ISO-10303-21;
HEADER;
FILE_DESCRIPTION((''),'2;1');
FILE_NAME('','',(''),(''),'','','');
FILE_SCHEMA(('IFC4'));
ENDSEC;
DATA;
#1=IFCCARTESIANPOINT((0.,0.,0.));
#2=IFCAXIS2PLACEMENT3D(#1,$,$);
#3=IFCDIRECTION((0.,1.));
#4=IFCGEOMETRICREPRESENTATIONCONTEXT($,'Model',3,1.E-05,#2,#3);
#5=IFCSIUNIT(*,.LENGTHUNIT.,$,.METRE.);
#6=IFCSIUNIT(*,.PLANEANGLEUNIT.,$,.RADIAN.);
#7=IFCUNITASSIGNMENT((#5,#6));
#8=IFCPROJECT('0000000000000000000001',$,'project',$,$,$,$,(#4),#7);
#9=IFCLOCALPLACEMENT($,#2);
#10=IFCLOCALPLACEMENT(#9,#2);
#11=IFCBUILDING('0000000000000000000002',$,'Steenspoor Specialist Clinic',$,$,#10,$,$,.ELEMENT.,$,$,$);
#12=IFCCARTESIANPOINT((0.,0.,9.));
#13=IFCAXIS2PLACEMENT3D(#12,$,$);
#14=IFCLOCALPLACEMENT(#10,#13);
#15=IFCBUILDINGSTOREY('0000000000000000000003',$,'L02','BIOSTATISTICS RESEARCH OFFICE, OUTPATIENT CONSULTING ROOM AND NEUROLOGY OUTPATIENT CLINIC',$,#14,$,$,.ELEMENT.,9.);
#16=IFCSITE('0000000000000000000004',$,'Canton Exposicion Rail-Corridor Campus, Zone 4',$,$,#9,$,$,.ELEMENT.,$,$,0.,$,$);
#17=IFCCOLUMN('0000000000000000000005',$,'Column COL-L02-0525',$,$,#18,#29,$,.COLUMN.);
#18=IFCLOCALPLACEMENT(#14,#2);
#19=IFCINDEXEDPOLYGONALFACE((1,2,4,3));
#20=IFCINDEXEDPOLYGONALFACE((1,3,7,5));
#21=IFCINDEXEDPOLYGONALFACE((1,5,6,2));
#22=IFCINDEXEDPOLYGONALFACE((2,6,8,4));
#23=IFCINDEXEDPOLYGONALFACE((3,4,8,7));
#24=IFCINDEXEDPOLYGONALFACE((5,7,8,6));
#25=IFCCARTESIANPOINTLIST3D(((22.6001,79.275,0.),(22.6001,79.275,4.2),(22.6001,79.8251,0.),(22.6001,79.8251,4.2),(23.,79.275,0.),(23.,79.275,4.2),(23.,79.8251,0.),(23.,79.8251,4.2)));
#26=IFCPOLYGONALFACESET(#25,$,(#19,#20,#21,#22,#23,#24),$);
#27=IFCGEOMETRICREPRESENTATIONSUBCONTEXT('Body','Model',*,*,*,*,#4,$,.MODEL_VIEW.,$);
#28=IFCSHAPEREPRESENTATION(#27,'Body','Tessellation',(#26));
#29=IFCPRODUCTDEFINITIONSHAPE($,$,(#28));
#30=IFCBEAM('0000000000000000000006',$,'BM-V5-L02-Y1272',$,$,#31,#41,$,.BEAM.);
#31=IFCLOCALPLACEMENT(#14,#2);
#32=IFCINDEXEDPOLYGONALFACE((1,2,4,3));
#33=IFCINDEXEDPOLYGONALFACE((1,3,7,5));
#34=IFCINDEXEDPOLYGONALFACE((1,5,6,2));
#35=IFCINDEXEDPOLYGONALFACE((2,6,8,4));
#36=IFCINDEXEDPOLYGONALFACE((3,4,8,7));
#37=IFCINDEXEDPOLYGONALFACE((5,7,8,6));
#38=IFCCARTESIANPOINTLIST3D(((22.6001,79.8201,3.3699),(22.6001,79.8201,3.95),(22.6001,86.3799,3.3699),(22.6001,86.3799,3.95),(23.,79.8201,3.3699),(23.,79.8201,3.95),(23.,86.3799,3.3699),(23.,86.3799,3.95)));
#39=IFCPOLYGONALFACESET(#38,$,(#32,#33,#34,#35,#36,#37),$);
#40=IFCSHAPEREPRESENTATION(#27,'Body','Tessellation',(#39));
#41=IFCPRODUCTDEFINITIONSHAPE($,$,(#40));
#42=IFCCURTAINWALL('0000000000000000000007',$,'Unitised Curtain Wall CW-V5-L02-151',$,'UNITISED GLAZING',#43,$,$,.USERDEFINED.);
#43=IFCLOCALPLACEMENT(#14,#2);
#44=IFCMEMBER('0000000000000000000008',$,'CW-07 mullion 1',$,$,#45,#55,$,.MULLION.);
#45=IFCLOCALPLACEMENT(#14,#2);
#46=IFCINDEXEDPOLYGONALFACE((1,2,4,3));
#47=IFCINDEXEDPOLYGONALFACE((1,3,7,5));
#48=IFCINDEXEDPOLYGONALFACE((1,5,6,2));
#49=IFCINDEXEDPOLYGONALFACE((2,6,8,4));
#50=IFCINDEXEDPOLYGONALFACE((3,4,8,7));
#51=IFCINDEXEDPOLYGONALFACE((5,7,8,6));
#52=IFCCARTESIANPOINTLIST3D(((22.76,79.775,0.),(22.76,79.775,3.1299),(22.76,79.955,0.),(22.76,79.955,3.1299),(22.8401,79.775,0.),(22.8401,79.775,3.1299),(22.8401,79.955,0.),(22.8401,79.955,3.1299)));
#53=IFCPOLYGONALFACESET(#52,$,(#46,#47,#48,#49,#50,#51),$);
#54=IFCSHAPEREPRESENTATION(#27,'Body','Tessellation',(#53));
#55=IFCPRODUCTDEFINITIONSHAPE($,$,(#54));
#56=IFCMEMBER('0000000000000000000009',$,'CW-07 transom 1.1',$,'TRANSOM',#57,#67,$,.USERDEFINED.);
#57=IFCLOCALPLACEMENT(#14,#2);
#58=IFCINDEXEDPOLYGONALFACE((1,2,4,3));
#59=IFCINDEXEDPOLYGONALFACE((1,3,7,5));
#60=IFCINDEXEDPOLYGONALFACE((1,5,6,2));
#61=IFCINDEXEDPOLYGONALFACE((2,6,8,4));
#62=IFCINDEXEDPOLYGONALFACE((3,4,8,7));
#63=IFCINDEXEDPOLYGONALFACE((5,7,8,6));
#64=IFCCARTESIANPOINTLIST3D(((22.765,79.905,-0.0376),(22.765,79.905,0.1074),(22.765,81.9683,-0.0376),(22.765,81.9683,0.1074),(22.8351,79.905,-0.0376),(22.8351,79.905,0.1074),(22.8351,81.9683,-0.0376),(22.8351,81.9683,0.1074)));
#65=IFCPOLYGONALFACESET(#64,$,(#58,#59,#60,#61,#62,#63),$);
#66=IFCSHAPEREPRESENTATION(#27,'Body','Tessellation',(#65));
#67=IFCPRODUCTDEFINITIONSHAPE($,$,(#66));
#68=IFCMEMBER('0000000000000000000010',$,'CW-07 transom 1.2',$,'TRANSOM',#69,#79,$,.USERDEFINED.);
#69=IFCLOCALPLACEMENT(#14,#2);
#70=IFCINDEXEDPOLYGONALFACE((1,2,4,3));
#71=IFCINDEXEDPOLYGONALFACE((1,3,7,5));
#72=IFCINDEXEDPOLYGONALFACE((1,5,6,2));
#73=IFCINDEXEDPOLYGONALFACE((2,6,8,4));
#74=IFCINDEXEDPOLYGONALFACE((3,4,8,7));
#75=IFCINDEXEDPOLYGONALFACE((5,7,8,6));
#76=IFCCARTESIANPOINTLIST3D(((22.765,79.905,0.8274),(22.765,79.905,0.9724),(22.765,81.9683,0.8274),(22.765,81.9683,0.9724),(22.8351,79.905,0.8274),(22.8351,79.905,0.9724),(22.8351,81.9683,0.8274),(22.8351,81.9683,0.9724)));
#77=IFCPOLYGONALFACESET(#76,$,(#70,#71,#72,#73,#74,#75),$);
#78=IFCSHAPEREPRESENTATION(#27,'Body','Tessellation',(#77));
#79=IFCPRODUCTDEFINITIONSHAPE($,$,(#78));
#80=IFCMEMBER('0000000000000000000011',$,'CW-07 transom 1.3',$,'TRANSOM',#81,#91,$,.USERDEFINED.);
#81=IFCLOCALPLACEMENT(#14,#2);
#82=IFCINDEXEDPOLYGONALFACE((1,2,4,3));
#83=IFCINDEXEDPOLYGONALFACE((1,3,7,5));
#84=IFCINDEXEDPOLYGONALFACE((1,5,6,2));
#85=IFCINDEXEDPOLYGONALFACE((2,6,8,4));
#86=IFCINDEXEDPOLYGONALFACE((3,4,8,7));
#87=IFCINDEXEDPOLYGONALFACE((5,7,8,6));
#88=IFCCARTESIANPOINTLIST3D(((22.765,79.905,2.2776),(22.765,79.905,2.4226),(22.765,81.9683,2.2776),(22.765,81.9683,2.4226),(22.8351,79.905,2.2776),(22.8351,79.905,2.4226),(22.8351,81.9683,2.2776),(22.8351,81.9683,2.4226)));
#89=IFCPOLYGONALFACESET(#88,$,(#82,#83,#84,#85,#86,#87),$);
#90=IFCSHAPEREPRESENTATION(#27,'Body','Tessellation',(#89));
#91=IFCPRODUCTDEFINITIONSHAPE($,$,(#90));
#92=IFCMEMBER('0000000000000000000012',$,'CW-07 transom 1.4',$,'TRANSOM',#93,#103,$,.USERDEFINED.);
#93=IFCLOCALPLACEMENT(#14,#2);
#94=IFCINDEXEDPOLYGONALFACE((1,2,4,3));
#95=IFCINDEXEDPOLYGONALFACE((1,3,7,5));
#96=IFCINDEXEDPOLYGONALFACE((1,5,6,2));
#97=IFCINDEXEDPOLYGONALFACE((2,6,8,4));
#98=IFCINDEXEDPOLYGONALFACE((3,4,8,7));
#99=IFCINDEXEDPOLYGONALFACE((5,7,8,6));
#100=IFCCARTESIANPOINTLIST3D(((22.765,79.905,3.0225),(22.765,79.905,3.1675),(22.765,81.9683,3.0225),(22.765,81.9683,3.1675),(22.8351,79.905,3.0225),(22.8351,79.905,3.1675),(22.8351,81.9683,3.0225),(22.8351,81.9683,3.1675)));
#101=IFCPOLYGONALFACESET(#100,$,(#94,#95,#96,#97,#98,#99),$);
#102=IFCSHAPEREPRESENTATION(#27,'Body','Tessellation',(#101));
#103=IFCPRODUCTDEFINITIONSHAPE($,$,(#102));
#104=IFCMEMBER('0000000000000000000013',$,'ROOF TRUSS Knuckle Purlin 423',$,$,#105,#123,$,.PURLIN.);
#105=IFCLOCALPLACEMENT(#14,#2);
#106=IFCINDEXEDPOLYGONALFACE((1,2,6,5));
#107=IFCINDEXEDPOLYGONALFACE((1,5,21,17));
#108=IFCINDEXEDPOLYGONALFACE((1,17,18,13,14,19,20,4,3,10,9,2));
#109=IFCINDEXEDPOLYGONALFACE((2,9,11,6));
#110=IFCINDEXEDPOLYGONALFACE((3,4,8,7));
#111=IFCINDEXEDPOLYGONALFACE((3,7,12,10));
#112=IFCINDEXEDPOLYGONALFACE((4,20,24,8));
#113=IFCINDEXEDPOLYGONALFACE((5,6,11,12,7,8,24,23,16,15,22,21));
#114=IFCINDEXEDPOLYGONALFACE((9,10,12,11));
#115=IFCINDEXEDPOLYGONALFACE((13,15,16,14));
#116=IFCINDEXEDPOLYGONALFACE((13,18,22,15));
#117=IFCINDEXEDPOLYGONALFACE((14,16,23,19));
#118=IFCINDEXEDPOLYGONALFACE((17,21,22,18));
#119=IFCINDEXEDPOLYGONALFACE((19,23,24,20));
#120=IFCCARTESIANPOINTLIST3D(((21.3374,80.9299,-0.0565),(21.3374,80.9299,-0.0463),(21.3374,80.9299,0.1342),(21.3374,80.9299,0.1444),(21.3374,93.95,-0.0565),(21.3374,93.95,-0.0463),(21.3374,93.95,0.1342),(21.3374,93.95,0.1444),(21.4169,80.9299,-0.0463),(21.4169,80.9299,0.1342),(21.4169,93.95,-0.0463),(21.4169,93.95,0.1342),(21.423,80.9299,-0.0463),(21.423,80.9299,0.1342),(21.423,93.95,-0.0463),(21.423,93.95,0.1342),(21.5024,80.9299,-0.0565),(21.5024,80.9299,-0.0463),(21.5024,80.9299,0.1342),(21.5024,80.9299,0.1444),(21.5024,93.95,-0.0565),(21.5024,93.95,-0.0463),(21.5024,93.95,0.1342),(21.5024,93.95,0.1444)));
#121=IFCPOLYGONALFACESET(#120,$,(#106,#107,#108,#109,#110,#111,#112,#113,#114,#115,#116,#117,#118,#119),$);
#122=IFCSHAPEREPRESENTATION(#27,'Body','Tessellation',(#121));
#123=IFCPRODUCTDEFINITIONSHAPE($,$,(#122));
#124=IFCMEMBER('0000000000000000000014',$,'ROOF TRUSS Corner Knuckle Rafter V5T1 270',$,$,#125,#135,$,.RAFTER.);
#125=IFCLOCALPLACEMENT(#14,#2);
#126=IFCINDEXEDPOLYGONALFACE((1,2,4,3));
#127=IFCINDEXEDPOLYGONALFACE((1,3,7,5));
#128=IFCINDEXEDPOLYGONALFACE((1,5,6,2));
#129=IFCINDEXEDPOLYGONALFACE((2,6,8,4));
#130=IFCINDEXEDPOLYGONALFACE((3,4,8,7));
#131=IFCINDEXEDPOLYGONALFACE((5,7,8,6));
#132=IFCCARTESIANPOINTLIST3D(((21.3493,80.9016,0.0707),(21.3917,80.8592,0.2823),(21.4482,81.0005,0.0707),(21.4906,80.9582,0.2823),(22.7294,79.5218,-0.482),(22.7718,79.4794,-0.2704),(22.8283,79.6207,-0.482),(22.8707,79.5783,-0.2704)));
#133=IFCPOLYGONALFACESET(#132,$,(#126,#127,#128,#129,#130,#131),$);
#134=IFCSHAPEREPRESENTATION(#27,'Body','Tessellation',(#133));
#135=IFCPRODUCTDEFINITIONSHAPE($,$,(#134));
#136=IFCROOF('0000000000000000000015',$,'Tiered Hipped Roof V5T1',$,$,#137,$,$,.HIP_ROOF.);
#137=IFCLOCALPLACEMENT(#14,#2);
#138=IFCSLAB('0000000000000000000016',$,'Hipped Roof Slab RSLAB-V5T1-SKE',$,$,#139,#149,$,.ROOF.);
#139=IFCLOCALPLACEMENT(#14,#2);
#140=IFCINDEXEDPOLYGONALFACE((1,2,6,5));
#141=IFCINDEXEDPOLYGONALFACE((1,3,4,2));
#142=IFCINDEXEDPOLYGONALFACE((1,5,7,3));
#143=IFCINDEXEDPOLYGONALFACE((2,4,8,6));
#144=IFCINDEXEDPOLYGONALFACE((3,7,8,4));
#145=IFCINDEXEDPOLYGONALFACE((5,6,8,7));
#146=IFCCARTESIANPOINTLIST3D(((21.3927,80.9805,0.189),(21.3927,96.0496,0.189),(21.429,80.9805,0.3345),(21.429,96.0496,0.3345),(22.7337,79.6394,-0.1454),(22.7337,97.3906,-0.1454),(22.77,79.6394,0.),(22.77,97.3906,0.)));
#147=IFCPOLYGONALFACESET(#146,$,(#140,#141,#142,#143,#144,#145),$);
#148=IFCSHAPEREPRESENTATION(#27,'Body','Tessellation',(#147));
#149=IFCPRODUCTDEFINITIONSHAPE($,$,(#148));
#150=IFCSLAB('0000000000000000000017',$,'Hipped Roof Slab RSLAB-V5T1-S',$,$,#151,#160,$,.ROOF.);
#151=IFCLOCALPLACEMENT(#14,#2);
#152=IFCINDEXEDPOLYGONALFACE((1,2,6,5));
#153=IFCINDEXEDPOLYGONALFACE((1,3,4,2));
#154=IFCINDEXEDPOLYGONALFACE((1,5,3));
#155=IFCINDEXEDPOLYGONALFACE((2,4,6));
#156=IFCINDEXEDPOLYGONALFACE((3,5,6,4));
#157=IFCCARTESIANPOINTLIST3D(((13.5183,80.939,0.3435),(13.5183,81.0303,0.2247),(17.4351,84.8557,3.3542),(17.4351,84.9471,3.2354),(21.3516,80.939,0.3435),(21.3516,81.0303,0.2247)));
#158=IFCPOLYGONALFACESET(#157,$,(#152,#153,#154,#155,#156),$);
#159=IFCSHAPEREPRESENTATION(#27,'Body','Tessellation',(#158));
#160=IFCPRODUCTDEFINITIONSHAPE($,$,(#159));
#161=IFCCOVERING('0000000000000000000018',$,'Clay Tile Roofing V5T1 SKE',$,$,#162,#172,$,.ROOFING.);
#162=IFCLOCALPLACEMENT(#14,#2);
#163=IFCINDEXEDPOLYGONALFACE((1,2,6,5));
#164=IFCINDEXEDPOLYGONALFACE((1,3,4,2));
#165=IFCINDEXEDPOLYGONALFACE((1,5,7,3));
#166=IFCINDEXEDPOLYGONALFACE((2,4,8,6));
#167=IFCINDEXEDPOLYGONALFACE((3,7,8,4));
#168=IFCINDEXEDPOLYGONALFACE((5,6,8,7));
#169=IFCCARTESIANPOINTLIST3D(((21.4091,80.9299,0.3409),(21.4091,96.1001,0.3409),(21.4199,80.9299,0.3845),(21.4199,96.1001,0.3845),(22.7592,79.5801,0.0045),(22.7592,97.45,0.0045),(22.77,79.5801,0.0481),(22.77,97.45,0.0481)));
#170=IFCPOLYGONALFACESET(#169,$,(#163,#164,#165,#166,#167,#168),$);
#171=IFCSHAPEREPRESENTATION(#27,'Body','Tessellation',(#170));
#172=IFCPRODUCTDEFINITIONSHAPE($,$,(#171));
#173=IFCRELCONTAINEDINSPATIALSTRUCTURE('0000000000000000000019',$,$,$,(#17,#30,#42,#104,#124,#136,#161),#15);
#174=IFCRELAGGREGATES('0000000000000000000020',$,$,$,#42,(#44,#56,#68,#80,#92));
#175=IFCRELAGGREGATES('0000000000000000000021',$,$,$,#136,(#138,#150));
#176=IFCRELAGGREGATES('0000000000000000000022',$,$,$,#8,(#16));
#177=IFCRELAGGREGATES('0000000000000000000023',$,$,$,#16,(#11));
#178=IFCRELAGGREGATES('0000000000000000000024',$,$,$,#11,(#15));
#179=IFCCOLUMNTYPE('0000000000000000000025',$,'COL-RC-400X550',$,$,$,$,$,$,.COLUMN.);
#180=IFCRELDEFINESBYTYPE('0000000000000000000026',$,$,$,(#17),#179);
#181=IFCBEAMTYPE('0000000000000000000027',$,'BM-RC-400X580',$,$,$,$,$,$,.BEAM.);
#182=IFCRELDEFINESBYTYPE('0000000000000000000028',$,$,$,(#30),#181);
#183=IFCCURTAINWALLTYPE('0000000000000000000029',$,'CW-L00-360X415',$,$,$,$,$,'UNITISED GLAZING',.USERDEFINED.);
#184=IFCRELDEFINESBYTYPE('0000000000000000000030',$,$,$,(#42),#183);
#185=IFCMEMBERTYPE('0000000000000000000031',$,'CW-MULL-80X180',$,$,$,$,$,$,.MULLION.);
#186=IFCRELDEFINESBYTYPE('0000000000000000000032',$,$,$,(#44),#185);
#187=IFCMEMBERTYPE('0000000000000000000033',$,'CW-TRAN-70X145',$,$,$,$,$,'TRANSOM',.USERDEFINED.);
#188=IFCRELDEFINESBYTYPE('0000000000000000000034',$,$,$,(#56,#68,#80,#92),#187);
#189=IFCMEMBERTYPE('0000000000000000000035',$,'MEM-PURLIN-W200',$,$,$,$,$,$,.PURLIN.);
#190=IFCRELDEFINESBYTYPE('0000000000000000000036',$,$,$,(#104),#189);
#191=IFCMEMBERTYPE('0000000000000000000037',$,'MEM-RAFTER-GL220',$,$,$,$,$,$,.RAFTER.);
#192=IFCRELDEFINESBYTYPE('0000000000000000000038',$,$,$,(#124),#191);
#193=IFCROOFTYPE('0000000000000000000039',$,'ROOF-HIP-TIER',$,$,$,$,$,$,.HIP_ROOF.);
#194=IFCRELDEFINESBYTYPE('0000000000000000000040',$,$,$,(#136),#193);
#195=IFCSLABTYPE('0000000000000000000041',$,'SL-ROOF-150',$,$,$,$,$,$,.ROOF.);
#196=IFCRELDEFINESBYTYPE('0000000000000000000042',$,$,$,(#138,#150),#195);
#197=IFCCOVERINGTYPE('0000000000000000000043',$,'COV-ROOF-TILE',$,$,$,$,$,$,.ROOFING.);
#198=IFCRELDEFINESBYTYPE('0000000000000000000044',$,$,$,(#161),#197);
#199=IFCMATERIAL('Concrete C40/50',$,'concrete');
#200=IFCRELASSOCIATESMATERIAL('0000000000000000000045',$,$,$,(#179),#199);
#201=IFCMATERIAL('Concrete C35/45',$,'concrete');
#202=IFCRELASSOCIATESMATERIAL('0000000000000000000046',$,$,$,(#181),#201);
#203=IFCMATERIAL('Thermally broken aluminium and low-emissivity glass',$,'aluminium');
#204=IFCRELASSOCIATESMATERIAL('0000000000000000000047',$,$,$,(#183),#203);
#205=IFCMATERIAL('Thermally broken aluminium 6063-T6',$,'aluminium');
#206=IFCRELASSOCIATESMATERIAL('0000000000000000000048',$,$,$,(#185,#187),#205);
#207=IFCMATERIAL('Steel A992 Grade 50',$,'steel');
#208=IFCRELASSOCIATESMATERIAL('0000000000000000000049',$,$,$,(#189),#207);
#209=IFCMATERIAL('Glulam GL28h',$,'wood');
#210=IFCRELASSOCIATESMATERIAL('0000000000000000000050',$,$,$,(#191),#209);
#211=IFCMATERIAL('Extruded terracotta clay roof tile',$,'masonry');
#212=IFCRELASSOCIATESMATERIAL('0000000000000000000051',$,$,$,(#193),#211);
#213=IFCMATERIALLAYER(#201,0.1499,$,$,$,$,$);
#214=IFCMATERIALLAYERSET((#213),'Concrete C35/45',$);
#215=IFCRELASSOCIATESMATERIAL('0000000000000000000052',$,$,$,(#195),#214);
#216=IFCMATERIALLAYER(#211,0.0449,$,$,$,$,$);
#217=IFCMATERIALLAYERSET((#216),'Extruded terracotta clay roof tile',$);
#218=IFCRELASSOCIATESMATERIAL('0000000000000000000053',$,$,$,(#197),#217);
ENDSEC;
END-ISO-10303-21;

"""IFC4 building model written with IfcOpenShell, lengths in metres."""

from ifc_helpers import new_model, si_unit, direction, frame, origin, origin_2d, place, context, subcontext, project, spatial, polyline, rectangle, i_section, outline, extrude, material, layer, layer_set, material_profile, profile_set, type_object, element, aggregate, save


model = new_model("IFC4")

# Units and contexts
model_context = context("Model", 3, precision=1e-05, world=origin(), true_north=direction((0.0, 1.0)))
body_context = subcontext(model_context, "Body", "Model", "MODEL_VIEW")
ifc_project = project(units=[si_unit("LENGTHUNIT", "METRE"), si_unit("PLANEANGLEUNIT", "RADIAN")], contexts=[model_context])

# Site, building, storey
site_placement = place(None, origin())
site = spatial("IfcSite", under=ifc_project, at=site_placement, Name="Canton Exposicion Rail-Corridor Campus, Zone 4", CompositionType="ELEMENT", RefElevation=0.0)
building_placement = place(site_placement, origin())
building = spatial("IfcBuilding", under=site, at=building_placement, Name="Steenspoor Specialist Clinic", CompositionType="ELEMENT")
storey_placement = place(building_placement, frame((0.0, 0.0, 9.0)))
storey = spatial("IfcBuildingStorey", under=building, at=storey_placement, Name="L02", Description="BIOSTATISTICS RESEARCH OFFICE, OUTPATIENT CONSULTING ROOM AND NEUROLOGY OUTPATIENT CLINIC", CompositionType="ELEMENT", Elevation=9.0)

# Column
ifc_material_1 = material(Name="Concrete C40/50", Category="concrete")
ifc_material_profile_1 = material_profile(ifc_material_1, rectangle(XDim=0.3999, YDim=0.55, at=origin_2d()), Name="RC-COL-400X550")
ifc_profile_set_1 = profile_set([ifc_material_profile_1], Name="Concrete C40/50")
column_type = type_object("IfcColumnType", Name="COL-RC-400X550", PredefinedType="COLUMN", material=ifc_profile_set_1)
column_placement = place(storey_placement, frame((22.8, 79.55, 0.0), z_axis=(0.0, 0.0, 1.0), x_axis=(1.0, 0.0, 0.0)))
element("IfcColumn", 1, at=column_placement, inside=storey, type_object=column_type, Name="Column COL-L02-0525", PredefinedType="COLUMN", context=body_context, shape_type="SweptSolid", body=[
    extrude(rectangle(XDim=0.3999, YDim=0.55, at=origin_2d()), origin(), (0.0, 0.0, 1.0), 4.2),
])

# Beam
ifc_material_2 = material(Name="Concrete C35/45", Category="concrete")
ifc_material_profile_2 = material_profile(ifc_material_2, rectangle(XDim=0.3999, YDim=0.5801, at=origin_2d()), Name="RC-BM-400X580")
ifc_profile_set_2 = profile_set([ifc_material_profile_2], Name="Concrete C35/45")
beam_type = type_object("IfcBeamType", Name="BM-RC-400X580", PredefinedType="BEAM", material=ifc_profile_set_2)
beam_placement = place(storey_placement, frame((22.8, 79.8201, 3.6599), z_axis=(0.0, 1.0, 0.0), x_axis=(-1.0, 0.0, 0.0)))
element("IfcBeam", 2, at=beam_placement, inside=storey, type_object=beam_type, Name="BM-V5-L02-Y1272", PredefinedType="BEAM", context=body_context, shape_type="SweptSolid", body=[
    extrude(rectangle(XDim=0.3999, YDim=0.5801, at=origin_2d()), origin(), (0.0, 0.0, 1.0), 6.5598),
])

# Curtain wall, members
ifc_material_3 = material(Name="Thermally broken aluminium and low-emissivity glass", Category="aluminium")
curtain_wall_type = type_object("IfcCurtainWallType", Name="CW-L00-360X415", ElementType="UNITISED GLAZING", PredefinedType="USERDEFINED", material=ifc_material_3)
curtain_wall_placement = place(storey_placement, origin())
curtain_wall = element("IfcCurtainWall", 3, at=curtain_wall_placement, inside=storey, type_object=curtain_wall_type, Name="Unitised Curtain Wall CW-V5-L02-151", ObjectType="UNITISED GLAZING", PredefinedType="USERDEFINED")
ifc_material_4 = material(Name="Thermally broken aluminium 6063-T6", Category="aluminium")
ifc_material_profile_3 = material_profile(ifc_material_4, rectangle(XDim=0.0801, YDim=0.1799, at=origin_2d()), Name="CWM-80X180")
ifc_profile_set_3 = profile_set([ifc_material_profile_3], Name="Thermally broken aluminium 6063-T6")
member_type_1 = type_object("IfcMemberType", Name="CW-MULL-80X180", PredefinedType="MULLION", material=ifc_profile_set_3)
member_1_placement = place(storey_placement, frame((22.8, 79.865, 0.0), z_axis=(0.0, 0.0, 1.0), x_axis=(-1.0, 0.0, 0.0)))
member_1 = element("IfcMember", 4, at=member_1_placement, type_object=member_type_1, Name="CW-07 mullion 1", PredefinedType="MULLION", context=body_context, shape_type="SweptSolid", body=[
    extrude(rectangle(XDim=0.0801, YDim=0.1799, at=origin_2d()), origin(), (0.0, 0.0, 1.0), 3.1299),
])
ifc_material_profile_4 = material_profile(ifc_material_4, rectangle(XDim=0.0701, YDim=0.145, at=origin_2d()), Name="CWT-70X145")
ifc_profile_set_4 = profile_set([ifc_material_profile_4], Name="Thermally broken aluminium 6063-T6")
member_type_2 = type_object("IfcMemberType", Name="CW-TRAN-70X145", ElementType="TRANSOM", PredefinedType="USERDEFINED", material=ifc_profile_set_4)
member_2_placement = place(storey_placement, frame((22.8, 79.905, 0.0349), z_axis=(0.0, 1.0, 0.0), x_axis=(-1.0, 0.0, 0.0)))
member_2 = element("IfcMember", 5, at=member_2_placement, type_object=member_type_2, Name="CW-07 transom 1.1", ObjectType="TRANSOM", PredefinedType="USERDEFINED", context=body_context, shape_type="SweptSolid", body=[
    extrude(rectangle(XDim=0.0701, YDim=0.145, at=origin_2d()), origin(), (0.0, 0.0, 1.0), 2.0632),
])
member_3_placement = place(storey_placement, frame((22.8, 79.905, 0.8999), z_axis=(0.0, 1.0, 0.0), x_axis=(-1.0, 0.0, 0.0)))
member_3 = element("IfcMember", 6, at=member_3_placement, type_object=member_type_2, Name="CW-07 transom 1.2", ObjectType="TRANSOM", PredefinedType="USERDEFINED", context=body_context, shape_type="SweptSolid", body=[
    extrude(rectangle(XDim=0.0701, YDim=0.145, at=origin_2d()), origin(), (0.0, 0.0, 1.0), 2.0632),
])
member_4_placement = place(storey_placement, frame((22.8, 79.905, 2.3501), z_axis=(0.0, 1.0, 0.0), x_axis=(-1.0, 0.0, 0.0)))
member_4 = element("IfcMember", 7, at=member_4_placement, type_object=member_type_2, Name="CW-07 transom 1.3", ObjectType="TRANSOM", PredefinedType="USERDEFINED", context=body_context, shape_type="SweptSolid", body=[
    extrude(rectangle(XDim=0.0701, YDim=0.145, at=origin_2d()), origin(), (0.0, 0.0, 1.0), 2.0632),
])
member_5_placement = place(storey_placement, frame((22.8, 79.905, 3.095), z_axis=(0.0, 1.0, 0.0), x_axis=(-1.0, 0.0, 0.0)))
member_5 = element("IfcMember", 8, at=member_5_placement, type_object=member_type_2, Name="CW-07 transom 1.4", ObjectType="TRANSOM", PredefinedType="USERDEFINED", context=body_context, shape_type="SweptSolid", body=[
    extrude(rectangle(XDim=0.0701, YDim=0.145, at=origin_2d()), origin(), (0.0, 0.0, 1.0), 2.0632),
])
aggregate(curtain_wall, [member_1, member_2, member_3, member_4, member_5])

# Members
ifc_material_5 = material(Name="Steel A992 Grade 50", Category="steel")
ifc_material_profile_5 = material_profile(ifc_material_5, i_section(OverallWidth=0.165, OverallDepth=0.2009, WebThickness=0.0061, FlangeThickness=0.0103, at=origin_2d()), Name="W200X36")
ifc_profile_set_5 = profile_set([ifc_material_profile_5], Name="Steel A992 Grade 50")
member_type_3 = type_object("IfcMemberType", Name="MEM-PURLIN-W200", PredefinedType="PURLIN", material=ifc_profile_set_5)
member_6_placement = place(storey_placement, frame((21.4199, 80.9299, 0.0439), z_axis=(0.0, 1.0, 0.0), x_axis=(-1.0, 0.0, 0.0)))
element("IfcMember", 9, at=member_6_placement, inside=storey, type_object=member_type_3, Name="ROOF TRUSS Knuckle Purlin 423", PredefinedType="PURLIN", context=body_context, shape_type="SweptSolid", body=[
    extrude(i_section(OverallWidth=0.165, OverallDepth=0.2009, WebThickness=0.0061, FlangeThickness=0.0103, at=origin_2d()), origin(), (0.0, 0.0, 1.0), 13.02),
])
ifc_material_6 = material(Name="Glulam GL28h", Category="wood")
ifc_material_profile_6 = material_profile(ifc_material_6, rectangle(XDim=0.1399, YDim=0.22, at=origin_2d()), Name="GL28H-140X220")
ifc_profile_set_6 = profile_set([ifc_material_profile_6], Name="Glulam GL28h")
member_type_4 = type_object("IfcMemberType", Name="MEM-RAFTER-GL220", PredefinedType="RAFTER", material=ifc_profile_set_6)
member_7_placement = place(storey_placement, frame((22.8, 79.55, -0.3762), z_axis=(-0.680407, 0.680287, 0.2725), x_axis=(-0.707044, -0.707169, 0.0)))
element("IfcMember", 10, at=member_7_placement, inside=storey, type_object=member_type_4, Name="ROOF TRUSS Corner Knuckle Rafter V5T1 270", PredefinedType="RAFTER", context=body_context, shape_type="SweptSolid", body=[
    extrude(rectangle(XDim=0.1399, YDim=0.22, at=origin_2d()), origin(), (0.0, 0.0, 1.0), 2.0283),
])

# Roof, slabs
ifc_material_7 = material(Name="Extruded terracotta clay roof tile", Category="masonry")
roof_type = type_object("IfcRoofType", Name="ROOF-HIP-TIER", PredefinedType="HIP_ROOF", material=ifc_material_7)
roof_placement = place(storey_placement, origin())
roof = element("IfcRoof", 11, at=roof_placement, inside=storey, type_object=roof_type, Name="Tiered Hipped Roof V5T1", PredefinedType="HIP_ROOF")
ifc_layer_1 = layer(ifc_material_2, 0.1499)
ifc_layer_set_1 = layer_set([ifc_layer_1], Name="Concrete C35/45")
slab_type = type_object("IfcSlabType", Name="SL-ROOF-150", PredefinedType="ROOF", material=ifc_layer_set_1)
slab_1_placement = place(storey_placement, frame((21.429, 80.9805, 0.3345), z_axis=(0.241995, 0.0, 0.970277), x_axis=(0.696361, -0.696361, -0.173678)))
slab_1 = element("IfcSlab", 12, at=slab_1_placement, type_object=slab_type, Name="Hipped Roof Slab RSLAB-V5T1-SKE", PredefinedType="ROOF", context=body_context, shape_type="SweptSolid", body=[
    extrude(outline(polyline([(0.0, 0.0), (1.9258, 0.0), (-10.4354, 12.7399), (-10.4935, 10.815), (0.0, 0.0)])), origin(), (0.0, 0.0, -1.0), 0.1499),
])
slab_2_placement = place(storey_placement, frame((17.4351, 84.8557, 3.3542), z_axis=(0.0, -0.609438, 0.792833), x_axis=(-0.621265, -0.621265, -0.477556)))
slab_2 = element("IfcSlab", 13, at=slab_2_placement, type_object=slab_type, Name="Hipped Roof Slab RSLAB-V5T1-S", PredefinedType="ROOF", context=body_context, shape_type="SweptSolid", body=[
    extrude(outline(polyline([(0.0, 0.0), (6.3045, 0.0), (1.438, 6.1381), (0.0, 0.0)])), origin(), (0.0, 0.0, -1.0), 0.1499),
])
aggregate(roof, [slab_1, slab_2])

# Covering
ifc_layer_2 = layer(ifc_material_7, 0.0449)
ifc_layer_set_2 = layer_set([ifc_layer_2], Name="Extruded terracotta clay roof tile")
covering_type = type_object("IfcCoveringType", Name="COV-ROOF-TILE", PredefinedType="ROOFING", material=ifc_layer_set_2)
covering_1_placement = place(storey_placement, frame((22.77, 79.5801, 0.0481), z_axis=(0.241792, 0.0, 0.970328), x_axis=(0.0, 1.0, 0.0)))
element("IfcCovering", 14, at=covering_1_placement, inside=storey, type_object=covering_type, Name="Clay Tile Roofing V5T1 SKE", PredefinedType="ROOFING", context=body_context, shape_type="SweptSolid", body=[
    extrude(outline(polyline([(0.0, 0.0), (17.8699, 0.0), (16.52, 1.3914), (1.3499, 1.3914), (0.0, 0.0)])), origin(), (0.0, 0.0, -1.0), 0.0449),
])

save(model, "model.ifc")
